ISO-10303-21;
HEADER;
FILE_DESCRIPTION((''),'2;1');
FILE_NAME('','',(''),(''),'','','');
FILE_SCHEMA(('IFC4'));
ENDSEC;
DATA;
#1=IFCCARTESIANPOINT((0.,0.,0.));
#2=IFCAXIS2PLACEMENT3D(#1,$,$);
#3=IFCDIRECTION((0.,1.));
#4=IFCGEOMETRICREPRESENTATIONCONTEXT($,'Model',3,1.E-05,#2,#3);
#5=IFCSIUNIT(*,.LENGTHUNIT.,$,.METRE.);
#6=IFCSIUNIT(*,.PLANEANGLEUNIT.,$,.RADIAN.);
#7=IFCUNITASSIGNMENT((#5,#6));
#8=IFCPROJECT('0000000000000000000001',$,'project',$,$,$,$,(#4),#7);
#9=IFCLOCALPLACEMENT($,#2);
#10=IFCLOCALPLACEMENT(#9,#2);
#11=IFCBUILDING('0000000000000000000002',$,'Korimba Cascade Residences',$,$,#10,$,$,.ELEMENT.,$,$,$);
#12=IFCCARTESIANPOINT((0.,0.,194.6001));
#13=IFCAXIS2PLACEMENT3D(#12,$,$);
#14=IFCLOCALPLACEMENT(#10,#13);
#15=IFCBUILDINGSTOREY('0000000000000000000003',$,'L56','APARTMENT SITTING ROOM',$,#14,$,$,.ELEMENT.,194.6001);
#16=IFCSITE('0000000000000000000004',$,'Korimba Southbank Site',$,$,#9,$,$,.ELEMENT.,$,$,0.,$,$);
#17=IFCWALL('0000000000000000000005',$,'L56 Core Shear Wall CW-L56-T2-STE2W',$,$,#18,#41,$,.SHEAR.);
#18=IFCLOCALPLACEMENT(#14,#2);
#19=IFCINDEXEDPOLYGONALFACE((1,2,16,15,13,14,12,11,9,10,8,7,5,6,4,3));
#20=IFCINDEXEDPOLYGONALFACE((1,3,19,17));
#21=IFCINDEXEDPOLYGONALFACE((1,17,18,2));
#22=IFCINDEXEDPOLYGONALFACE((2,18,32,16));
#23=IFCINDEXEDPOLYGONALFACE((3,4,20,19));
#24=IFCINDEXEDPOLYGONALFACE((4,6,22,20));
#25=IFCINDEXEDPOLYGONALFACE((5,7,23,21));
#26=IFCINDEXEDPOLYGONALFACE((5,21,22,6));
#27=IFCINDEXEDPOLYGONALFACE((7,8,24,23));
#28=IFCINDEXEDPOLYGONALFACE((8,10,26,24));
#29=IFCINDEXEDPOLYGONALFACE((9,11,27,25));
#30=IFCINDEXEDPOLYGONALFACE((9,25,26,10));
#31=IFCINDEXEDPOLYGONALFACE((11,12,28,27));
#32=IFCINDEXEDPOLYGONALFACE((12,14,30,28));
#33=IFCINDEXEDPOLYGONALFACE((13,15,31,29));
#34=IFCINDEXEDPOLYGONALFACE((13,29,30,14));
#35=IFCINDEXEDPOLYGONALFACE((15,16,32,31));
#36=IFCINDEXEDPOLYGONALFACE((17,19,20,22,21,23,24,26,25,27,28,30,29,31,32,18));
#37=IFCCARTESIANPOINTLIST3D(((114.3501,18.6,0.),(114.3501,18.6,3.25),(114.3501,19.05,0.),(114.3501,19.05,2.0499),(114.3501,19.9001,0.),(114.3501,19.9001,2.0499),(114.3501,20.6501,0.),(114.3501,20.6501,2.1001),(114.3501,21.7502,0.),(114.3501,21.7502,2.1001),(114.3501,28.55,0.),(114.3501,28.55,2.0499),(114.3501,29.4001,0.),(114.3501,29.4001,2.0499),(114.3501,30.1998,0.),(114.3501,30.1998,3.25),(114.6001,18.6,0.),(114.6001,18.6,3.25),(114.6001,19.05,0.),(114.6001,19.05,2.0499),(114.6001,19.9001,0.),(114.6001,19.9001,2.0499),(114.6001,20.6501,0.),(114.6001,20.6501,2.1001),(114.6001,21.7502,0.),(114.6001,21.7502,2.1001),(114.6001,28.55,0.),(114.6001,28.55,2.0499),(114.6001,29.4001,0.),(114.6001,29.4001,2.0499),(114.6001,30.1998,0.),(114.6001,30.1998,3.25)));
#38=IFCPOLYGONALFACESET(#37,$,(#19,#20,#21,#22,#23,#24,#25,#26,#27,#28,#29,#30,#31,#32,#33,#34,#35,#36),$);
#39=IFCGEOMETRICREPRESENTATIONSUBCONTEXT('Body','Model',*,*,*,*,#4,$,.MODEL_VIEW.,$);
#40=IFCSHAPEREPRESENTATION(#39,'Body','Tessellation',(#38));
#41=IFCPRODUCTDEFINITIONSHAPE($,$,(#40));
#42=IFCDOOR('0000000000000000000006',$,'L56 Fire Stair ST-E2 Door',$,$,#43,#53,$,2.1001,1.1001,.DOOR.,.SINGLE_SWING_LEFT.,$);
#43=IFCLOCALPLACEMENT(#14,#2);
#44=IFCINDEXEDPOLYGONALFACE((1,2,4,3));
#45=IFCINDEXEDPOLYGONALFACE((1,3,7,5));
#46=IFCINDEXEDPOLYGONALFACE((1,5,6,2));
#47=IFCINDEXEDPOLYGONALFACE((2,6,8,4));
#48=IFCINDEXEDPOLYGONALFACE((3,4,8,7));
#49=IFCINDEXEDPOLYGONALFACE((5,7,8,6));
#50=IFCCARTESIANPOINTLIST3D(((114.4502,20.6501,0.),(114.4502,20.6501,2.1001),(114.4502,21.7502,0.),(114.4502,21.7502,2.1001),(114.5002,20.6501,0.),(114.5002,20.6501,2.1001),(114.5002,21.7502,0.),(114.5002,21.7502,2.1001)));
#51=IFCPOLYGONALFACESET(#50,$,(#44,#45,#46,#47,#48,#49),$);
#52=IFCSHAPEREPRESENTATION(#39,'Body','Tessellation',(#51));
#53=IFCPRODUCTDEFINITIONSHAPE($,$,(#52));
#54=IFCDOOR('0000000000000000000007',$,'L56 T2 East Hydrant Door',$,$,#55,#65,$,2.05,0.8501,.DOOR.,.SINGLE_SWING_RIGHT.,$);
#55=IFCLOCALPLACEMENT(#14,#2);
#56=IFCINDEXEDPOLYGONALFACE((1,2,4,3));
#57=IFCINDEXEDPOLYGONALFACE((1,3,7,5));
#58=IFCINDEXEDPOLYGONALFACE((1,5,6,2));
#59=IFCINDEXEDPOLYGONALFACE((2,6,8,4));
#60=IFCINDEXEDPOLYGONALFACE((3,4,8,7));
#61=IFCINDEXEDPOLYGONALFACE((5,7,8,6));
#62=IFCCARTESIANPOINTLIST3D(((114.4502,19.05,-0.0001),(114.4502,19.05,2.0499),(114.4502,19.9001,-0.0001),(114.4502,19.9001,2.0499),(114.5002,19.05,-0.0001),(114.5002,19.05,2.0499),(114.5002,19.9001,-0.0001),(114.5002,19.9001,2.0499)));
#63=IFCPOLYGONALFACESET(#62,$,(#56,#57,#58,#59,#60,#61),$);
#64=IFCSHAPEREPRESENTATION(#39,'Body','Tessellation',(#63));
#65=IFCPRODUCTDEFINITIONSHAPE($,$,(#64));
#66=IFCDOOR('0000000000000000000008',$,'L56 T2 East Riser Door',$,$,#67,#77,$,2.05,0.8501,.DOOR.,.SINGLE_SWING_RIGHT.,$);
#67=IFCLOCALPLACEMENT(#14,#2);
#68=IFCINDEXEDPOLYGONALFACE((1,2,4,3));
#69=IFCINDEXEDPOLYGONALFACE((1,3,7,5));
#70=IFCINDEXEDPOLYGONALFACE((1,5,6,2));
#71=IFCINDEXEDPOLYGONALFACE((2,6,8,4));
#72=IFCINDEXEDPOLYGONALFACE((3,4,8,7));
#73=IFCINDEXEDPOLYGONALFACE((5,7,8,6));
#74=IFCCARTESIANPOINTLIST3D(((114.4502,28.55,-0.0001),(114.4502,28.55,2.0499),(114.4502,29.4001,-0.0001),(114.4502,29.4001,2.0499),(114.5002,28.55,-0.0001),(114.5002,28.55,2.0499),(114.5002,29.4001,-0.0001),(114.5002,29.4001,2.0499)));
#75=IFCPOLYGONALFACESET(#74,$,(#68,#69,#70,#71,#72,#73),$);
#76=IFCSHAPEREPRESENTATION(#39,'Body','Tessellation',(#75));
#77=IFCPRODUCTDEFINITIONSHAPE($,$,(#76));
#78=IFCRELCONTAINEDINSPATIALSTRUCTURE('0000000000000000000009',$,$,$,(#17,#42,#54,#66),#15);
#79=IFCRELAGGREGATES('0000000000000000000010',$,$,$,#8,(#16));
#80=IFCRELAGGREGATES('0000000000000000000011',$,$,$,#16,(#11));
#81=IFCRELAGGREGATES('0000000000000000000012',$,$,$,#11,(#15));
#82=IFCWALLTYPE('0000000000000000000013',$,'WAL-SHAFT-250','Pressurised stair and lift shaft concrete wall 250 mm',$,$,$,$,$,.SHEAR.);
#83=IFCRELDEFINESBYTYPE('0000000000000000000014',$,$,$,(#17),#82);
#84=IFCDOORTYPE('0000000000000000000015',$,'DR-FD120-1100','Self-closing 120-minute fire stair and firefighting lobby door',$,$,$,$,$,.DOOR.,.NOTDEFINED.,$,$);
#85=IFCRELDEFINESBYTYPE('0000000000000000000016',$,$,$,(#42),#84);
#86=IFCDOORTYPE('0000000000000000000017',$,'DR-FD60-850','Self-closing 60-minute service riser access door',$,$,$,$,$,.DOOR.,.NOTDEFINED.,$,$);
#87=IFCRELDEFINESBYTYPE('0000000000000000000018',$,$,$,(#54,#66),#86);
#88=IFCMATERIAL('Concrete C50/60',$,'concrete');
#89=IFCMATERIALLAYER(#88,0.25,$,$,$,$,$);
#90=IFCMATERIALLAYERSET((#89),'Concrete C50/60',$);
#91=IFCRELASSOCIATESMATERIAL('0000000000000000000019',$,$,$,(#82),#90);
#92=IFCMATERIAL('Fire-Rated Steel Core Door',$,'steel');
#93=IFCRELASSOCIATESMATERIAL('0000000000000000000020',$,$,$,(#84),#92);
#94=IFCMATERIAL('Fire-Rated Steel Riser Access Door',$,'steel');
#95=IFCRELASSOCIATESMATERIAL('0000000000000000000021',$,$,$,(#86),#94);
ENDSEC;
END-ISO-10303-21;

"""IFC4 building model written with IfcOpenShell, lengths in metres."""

from ifc_helpers import new_model, si_unit, direction, frame, frame_2d, origin, place, context, subcontext, project, spatial, rectangle, extrude, material, layer, layer_set, type_object, element, fill, save


model = new_model("IFC4")

# Units and contexts
model_context = context("Model", 3, precision=1e-05, world=origin(), true_north=direction((0.0, 1.0)))
body_context = subcontext(model_context, "Body", "Model", "MODEL_VIEW")
ifc_project = project(units=[si_unit("LENGTHUNIT", "METRE"), si_unit("PLANEANGLEUNIT", "RADIAN")], contexts=[model_context])

# Site, building, storey
site_placement = place(None, origin())
site = spatial("IfcSite", under=ifc_project, at=site_placement, Name="Korimba Southbank Site", CompositionType="ELEMENT", RefElevation=0.0)
building_placement = place(site_placement, origin())
building = spatial("IfcBuilding", under=site, at=building_placement, Name="Korimba Cascade Residences", CompositionType="ELEMENT")
storey_placement = place(building_placement, frame((0.0, 0.0, 194.6001)))
storey = spatial("IfcBuildingStorey", under=building, at=storey_placement, Name="L56", Description="APARTMENT SITTING ROOM", CompositionType="ELEMENT", Elevation=194.6001)

# Shared definitions
ifc_material_1 = material(Name="Concrete C50/60", Category="concrete")

# Wall, openings, doors
ifc_layer_1 = layer(ifc_material_1, 0.25)
ifc_layer_set_1 = layer_set([ifc_layer_1], Name="Concrete C50/60")
wall_type_1 = type_object("IfcWallType", Name="WAL-SHAFT-250", Description="Pressurised stair and lift shaft concrete wall 250 mm", PredefinedType="SHEAR", material=ifc_layer_set_1)
wall_1_placement = place(storey_placement, frame((114.4751, 18.6001, 0.0), z_axis=(0.0, 0.0, 1.0), x_axis=(0.0, 1.0, 0.0)))
wall_1 = element("IfcWall", 1, at=wall_1_placement, inside=storey, type_object=wall_type_1, Name="L56 Core Shear Wall CW-L56-T2-STE2W", PredefinedType="SHEAR", context=body_context, shape_type="SweptSolid", body=[
    extrude(rectangle(XDim=11.5999, YDim=0.25, at=frame_2d((5.7998, 0.0))), origin(), (0.0, 0.0, 1.0), 3.25),
])
opening_1_placement = place(wall_1_placement, frame((0.45, 0.0, 0.0)))
opening_1 = element("IfcOpeningElement", 2, at=opening_1_placement, cuts=wall_1, PredefinedType="OPENING", context=body_context, shape_type="SweptSolid", body=[
    extrude(rectangle(XDim=0.8501, YDim=2.05, at=frame_2d((0.425, 1.0249))), frame((0.0, 0.135, 0.0), z_axis=(0.0, -1.0, 0.0), x_axis=(1.0, 0.0, 0.0)), (0.0, 0.0, 1.0), 0.27),
])
opening_2_placement = place(wall_1_placement, frame((2.05, 0.0, 0.0)))
opening_2 = element("IfcOpeningElement", 3, at=opening_2_placement, cuts=wall_1, PredefinedType="OPENING", context=body_context, shape_type="SweptSolid", body=[
    extrude(rectangle(XDim=1.1001, YDim=2.1001, at=frame_2d((0.55, 1.05))), frame((0.0, 0.135, 0.0), z_axis=(0.0, -1.0, 0.0), x_axis=(1.0, 0.0, 0.0)), (0.0, 0.0, 1.0), 0.27),
])
opening_3_placement = place(wall_1_placement, frame((9.95, 0.0, 0.0)))
opening_3 = element("IfcOpeningElement", 4, at=opening_3_placement, cuts=wall_1, PredefinedType="OPENING", context=body_context, shape_type="SweptSolid", body=[
    extrude(rectangle(XDim=0.8501, YDim=2.05, at=frame_2d((0.425, 1.0249))), frame((0.0, 0.135, 0.0), z_axis=(0.0, -1.0, 0.0), x_axis=(1.0, 0.0, 0.0)), (0.0, 0.0, 1.0), 0.27),
])
ifc_material_2 = material(Name="Fire-Rated Steel Core Door", Category="steel")
door_type_1 = type_object("IfcDoorType", Name="DR-FD120-1100", Description="Self-closing 120-minute fire stair and firefighting lobby door", OperationType="NOTDEFINED", PredefinedType="DOOR", material=ifc_material_2)
door_1_placement = place(opening_2_placement, origin())
door_1 = element("IfcDoor", 5, at=door_1_placement, inside=storey, type_object=door_type_1, Name="L56 Fire Stair ST-E2 Door", OperationType="SINGLE_SWING_LEFT", OverallHeight=2.1001, OverallWidth=1.1001, PredefinedType="DOOR", context=body_context, shape_type="SweptSolid", body=[
    extrude(rectangle(XDim=1.1001, YDim=2.1001, at=frame_2d((0.55, 1.05))), frame((0.0, 0.0249, 0.0), z_axis=(0.0, -1.0, 0.0), x_axis=(1.0, 0.0, 0.0)), (0.0, 0.0, 1.0), 0.05),
])
fill(opening_2, door_1)
ifc_material_3 = material(Name="Fire-Rated Steel Riser Access Door", Category="steel")
door_type_2 = type_object("IfcDoorType", Name="DR-FD60-850", Description="Self-closing 60-minute service riser access door", OperationType="NOTDEFINED", PredefinedType="DOOR", material=ifc_material_3)
door_2_placement = place(opening_1_placement, origin())
door_2 = element("IfcDoor", 6, at=door_2_placement, inside=storey, type_object=door_type_2, Name="L56 T2 East Hydrant Door", OperationType="SINGLE_SWING_RIGHT", OverallHeight=2.05, OverallWidth=0.8501, PredefinedType="DOOR", context=body_context, shape_type="SweptSolid", body=[
    extrude(rectangle(XDim=0.8501, YDim=2.05, at=frame_2d((0.425, 1.0249))), frame((0.0, 0.0249, 0.0), z_axis=(0.0, -1.0, 0.0), x_axis=(1.0, 0.0, 0.0)), (0.0, 0.0, 1.0), 0.05),
])
fill(opening_1, door_2)
door_3_placement = place(opening_3_placement, origin())
door_3 = element("IfcDoor", 7, at=door_3_placement, inside=storey, type_object=door_type_2, Name="L56 T2 East Riser Door", OperationType="SINGLE_SWING_RIGHT", OverallHeight=2.05, OverallWidth=0.8501, PredefinedType="DOOR", context=body_context, shape_type="SweptSolid", body=[
    extrude(rectangle(XDim=0.8501, YDim=2.05, at=frame_2d((0.425, 1.0249))), frame((0.0, 0.0249, 0.0), z_axis=(0.0, -1.0, 0.0), x_axis=(1.0, 0.0, 0.0)), (0.0, 0.0, 1.0), 0.05),
])
fill(opening_3, door_3)

save(model, "model.ifc")
